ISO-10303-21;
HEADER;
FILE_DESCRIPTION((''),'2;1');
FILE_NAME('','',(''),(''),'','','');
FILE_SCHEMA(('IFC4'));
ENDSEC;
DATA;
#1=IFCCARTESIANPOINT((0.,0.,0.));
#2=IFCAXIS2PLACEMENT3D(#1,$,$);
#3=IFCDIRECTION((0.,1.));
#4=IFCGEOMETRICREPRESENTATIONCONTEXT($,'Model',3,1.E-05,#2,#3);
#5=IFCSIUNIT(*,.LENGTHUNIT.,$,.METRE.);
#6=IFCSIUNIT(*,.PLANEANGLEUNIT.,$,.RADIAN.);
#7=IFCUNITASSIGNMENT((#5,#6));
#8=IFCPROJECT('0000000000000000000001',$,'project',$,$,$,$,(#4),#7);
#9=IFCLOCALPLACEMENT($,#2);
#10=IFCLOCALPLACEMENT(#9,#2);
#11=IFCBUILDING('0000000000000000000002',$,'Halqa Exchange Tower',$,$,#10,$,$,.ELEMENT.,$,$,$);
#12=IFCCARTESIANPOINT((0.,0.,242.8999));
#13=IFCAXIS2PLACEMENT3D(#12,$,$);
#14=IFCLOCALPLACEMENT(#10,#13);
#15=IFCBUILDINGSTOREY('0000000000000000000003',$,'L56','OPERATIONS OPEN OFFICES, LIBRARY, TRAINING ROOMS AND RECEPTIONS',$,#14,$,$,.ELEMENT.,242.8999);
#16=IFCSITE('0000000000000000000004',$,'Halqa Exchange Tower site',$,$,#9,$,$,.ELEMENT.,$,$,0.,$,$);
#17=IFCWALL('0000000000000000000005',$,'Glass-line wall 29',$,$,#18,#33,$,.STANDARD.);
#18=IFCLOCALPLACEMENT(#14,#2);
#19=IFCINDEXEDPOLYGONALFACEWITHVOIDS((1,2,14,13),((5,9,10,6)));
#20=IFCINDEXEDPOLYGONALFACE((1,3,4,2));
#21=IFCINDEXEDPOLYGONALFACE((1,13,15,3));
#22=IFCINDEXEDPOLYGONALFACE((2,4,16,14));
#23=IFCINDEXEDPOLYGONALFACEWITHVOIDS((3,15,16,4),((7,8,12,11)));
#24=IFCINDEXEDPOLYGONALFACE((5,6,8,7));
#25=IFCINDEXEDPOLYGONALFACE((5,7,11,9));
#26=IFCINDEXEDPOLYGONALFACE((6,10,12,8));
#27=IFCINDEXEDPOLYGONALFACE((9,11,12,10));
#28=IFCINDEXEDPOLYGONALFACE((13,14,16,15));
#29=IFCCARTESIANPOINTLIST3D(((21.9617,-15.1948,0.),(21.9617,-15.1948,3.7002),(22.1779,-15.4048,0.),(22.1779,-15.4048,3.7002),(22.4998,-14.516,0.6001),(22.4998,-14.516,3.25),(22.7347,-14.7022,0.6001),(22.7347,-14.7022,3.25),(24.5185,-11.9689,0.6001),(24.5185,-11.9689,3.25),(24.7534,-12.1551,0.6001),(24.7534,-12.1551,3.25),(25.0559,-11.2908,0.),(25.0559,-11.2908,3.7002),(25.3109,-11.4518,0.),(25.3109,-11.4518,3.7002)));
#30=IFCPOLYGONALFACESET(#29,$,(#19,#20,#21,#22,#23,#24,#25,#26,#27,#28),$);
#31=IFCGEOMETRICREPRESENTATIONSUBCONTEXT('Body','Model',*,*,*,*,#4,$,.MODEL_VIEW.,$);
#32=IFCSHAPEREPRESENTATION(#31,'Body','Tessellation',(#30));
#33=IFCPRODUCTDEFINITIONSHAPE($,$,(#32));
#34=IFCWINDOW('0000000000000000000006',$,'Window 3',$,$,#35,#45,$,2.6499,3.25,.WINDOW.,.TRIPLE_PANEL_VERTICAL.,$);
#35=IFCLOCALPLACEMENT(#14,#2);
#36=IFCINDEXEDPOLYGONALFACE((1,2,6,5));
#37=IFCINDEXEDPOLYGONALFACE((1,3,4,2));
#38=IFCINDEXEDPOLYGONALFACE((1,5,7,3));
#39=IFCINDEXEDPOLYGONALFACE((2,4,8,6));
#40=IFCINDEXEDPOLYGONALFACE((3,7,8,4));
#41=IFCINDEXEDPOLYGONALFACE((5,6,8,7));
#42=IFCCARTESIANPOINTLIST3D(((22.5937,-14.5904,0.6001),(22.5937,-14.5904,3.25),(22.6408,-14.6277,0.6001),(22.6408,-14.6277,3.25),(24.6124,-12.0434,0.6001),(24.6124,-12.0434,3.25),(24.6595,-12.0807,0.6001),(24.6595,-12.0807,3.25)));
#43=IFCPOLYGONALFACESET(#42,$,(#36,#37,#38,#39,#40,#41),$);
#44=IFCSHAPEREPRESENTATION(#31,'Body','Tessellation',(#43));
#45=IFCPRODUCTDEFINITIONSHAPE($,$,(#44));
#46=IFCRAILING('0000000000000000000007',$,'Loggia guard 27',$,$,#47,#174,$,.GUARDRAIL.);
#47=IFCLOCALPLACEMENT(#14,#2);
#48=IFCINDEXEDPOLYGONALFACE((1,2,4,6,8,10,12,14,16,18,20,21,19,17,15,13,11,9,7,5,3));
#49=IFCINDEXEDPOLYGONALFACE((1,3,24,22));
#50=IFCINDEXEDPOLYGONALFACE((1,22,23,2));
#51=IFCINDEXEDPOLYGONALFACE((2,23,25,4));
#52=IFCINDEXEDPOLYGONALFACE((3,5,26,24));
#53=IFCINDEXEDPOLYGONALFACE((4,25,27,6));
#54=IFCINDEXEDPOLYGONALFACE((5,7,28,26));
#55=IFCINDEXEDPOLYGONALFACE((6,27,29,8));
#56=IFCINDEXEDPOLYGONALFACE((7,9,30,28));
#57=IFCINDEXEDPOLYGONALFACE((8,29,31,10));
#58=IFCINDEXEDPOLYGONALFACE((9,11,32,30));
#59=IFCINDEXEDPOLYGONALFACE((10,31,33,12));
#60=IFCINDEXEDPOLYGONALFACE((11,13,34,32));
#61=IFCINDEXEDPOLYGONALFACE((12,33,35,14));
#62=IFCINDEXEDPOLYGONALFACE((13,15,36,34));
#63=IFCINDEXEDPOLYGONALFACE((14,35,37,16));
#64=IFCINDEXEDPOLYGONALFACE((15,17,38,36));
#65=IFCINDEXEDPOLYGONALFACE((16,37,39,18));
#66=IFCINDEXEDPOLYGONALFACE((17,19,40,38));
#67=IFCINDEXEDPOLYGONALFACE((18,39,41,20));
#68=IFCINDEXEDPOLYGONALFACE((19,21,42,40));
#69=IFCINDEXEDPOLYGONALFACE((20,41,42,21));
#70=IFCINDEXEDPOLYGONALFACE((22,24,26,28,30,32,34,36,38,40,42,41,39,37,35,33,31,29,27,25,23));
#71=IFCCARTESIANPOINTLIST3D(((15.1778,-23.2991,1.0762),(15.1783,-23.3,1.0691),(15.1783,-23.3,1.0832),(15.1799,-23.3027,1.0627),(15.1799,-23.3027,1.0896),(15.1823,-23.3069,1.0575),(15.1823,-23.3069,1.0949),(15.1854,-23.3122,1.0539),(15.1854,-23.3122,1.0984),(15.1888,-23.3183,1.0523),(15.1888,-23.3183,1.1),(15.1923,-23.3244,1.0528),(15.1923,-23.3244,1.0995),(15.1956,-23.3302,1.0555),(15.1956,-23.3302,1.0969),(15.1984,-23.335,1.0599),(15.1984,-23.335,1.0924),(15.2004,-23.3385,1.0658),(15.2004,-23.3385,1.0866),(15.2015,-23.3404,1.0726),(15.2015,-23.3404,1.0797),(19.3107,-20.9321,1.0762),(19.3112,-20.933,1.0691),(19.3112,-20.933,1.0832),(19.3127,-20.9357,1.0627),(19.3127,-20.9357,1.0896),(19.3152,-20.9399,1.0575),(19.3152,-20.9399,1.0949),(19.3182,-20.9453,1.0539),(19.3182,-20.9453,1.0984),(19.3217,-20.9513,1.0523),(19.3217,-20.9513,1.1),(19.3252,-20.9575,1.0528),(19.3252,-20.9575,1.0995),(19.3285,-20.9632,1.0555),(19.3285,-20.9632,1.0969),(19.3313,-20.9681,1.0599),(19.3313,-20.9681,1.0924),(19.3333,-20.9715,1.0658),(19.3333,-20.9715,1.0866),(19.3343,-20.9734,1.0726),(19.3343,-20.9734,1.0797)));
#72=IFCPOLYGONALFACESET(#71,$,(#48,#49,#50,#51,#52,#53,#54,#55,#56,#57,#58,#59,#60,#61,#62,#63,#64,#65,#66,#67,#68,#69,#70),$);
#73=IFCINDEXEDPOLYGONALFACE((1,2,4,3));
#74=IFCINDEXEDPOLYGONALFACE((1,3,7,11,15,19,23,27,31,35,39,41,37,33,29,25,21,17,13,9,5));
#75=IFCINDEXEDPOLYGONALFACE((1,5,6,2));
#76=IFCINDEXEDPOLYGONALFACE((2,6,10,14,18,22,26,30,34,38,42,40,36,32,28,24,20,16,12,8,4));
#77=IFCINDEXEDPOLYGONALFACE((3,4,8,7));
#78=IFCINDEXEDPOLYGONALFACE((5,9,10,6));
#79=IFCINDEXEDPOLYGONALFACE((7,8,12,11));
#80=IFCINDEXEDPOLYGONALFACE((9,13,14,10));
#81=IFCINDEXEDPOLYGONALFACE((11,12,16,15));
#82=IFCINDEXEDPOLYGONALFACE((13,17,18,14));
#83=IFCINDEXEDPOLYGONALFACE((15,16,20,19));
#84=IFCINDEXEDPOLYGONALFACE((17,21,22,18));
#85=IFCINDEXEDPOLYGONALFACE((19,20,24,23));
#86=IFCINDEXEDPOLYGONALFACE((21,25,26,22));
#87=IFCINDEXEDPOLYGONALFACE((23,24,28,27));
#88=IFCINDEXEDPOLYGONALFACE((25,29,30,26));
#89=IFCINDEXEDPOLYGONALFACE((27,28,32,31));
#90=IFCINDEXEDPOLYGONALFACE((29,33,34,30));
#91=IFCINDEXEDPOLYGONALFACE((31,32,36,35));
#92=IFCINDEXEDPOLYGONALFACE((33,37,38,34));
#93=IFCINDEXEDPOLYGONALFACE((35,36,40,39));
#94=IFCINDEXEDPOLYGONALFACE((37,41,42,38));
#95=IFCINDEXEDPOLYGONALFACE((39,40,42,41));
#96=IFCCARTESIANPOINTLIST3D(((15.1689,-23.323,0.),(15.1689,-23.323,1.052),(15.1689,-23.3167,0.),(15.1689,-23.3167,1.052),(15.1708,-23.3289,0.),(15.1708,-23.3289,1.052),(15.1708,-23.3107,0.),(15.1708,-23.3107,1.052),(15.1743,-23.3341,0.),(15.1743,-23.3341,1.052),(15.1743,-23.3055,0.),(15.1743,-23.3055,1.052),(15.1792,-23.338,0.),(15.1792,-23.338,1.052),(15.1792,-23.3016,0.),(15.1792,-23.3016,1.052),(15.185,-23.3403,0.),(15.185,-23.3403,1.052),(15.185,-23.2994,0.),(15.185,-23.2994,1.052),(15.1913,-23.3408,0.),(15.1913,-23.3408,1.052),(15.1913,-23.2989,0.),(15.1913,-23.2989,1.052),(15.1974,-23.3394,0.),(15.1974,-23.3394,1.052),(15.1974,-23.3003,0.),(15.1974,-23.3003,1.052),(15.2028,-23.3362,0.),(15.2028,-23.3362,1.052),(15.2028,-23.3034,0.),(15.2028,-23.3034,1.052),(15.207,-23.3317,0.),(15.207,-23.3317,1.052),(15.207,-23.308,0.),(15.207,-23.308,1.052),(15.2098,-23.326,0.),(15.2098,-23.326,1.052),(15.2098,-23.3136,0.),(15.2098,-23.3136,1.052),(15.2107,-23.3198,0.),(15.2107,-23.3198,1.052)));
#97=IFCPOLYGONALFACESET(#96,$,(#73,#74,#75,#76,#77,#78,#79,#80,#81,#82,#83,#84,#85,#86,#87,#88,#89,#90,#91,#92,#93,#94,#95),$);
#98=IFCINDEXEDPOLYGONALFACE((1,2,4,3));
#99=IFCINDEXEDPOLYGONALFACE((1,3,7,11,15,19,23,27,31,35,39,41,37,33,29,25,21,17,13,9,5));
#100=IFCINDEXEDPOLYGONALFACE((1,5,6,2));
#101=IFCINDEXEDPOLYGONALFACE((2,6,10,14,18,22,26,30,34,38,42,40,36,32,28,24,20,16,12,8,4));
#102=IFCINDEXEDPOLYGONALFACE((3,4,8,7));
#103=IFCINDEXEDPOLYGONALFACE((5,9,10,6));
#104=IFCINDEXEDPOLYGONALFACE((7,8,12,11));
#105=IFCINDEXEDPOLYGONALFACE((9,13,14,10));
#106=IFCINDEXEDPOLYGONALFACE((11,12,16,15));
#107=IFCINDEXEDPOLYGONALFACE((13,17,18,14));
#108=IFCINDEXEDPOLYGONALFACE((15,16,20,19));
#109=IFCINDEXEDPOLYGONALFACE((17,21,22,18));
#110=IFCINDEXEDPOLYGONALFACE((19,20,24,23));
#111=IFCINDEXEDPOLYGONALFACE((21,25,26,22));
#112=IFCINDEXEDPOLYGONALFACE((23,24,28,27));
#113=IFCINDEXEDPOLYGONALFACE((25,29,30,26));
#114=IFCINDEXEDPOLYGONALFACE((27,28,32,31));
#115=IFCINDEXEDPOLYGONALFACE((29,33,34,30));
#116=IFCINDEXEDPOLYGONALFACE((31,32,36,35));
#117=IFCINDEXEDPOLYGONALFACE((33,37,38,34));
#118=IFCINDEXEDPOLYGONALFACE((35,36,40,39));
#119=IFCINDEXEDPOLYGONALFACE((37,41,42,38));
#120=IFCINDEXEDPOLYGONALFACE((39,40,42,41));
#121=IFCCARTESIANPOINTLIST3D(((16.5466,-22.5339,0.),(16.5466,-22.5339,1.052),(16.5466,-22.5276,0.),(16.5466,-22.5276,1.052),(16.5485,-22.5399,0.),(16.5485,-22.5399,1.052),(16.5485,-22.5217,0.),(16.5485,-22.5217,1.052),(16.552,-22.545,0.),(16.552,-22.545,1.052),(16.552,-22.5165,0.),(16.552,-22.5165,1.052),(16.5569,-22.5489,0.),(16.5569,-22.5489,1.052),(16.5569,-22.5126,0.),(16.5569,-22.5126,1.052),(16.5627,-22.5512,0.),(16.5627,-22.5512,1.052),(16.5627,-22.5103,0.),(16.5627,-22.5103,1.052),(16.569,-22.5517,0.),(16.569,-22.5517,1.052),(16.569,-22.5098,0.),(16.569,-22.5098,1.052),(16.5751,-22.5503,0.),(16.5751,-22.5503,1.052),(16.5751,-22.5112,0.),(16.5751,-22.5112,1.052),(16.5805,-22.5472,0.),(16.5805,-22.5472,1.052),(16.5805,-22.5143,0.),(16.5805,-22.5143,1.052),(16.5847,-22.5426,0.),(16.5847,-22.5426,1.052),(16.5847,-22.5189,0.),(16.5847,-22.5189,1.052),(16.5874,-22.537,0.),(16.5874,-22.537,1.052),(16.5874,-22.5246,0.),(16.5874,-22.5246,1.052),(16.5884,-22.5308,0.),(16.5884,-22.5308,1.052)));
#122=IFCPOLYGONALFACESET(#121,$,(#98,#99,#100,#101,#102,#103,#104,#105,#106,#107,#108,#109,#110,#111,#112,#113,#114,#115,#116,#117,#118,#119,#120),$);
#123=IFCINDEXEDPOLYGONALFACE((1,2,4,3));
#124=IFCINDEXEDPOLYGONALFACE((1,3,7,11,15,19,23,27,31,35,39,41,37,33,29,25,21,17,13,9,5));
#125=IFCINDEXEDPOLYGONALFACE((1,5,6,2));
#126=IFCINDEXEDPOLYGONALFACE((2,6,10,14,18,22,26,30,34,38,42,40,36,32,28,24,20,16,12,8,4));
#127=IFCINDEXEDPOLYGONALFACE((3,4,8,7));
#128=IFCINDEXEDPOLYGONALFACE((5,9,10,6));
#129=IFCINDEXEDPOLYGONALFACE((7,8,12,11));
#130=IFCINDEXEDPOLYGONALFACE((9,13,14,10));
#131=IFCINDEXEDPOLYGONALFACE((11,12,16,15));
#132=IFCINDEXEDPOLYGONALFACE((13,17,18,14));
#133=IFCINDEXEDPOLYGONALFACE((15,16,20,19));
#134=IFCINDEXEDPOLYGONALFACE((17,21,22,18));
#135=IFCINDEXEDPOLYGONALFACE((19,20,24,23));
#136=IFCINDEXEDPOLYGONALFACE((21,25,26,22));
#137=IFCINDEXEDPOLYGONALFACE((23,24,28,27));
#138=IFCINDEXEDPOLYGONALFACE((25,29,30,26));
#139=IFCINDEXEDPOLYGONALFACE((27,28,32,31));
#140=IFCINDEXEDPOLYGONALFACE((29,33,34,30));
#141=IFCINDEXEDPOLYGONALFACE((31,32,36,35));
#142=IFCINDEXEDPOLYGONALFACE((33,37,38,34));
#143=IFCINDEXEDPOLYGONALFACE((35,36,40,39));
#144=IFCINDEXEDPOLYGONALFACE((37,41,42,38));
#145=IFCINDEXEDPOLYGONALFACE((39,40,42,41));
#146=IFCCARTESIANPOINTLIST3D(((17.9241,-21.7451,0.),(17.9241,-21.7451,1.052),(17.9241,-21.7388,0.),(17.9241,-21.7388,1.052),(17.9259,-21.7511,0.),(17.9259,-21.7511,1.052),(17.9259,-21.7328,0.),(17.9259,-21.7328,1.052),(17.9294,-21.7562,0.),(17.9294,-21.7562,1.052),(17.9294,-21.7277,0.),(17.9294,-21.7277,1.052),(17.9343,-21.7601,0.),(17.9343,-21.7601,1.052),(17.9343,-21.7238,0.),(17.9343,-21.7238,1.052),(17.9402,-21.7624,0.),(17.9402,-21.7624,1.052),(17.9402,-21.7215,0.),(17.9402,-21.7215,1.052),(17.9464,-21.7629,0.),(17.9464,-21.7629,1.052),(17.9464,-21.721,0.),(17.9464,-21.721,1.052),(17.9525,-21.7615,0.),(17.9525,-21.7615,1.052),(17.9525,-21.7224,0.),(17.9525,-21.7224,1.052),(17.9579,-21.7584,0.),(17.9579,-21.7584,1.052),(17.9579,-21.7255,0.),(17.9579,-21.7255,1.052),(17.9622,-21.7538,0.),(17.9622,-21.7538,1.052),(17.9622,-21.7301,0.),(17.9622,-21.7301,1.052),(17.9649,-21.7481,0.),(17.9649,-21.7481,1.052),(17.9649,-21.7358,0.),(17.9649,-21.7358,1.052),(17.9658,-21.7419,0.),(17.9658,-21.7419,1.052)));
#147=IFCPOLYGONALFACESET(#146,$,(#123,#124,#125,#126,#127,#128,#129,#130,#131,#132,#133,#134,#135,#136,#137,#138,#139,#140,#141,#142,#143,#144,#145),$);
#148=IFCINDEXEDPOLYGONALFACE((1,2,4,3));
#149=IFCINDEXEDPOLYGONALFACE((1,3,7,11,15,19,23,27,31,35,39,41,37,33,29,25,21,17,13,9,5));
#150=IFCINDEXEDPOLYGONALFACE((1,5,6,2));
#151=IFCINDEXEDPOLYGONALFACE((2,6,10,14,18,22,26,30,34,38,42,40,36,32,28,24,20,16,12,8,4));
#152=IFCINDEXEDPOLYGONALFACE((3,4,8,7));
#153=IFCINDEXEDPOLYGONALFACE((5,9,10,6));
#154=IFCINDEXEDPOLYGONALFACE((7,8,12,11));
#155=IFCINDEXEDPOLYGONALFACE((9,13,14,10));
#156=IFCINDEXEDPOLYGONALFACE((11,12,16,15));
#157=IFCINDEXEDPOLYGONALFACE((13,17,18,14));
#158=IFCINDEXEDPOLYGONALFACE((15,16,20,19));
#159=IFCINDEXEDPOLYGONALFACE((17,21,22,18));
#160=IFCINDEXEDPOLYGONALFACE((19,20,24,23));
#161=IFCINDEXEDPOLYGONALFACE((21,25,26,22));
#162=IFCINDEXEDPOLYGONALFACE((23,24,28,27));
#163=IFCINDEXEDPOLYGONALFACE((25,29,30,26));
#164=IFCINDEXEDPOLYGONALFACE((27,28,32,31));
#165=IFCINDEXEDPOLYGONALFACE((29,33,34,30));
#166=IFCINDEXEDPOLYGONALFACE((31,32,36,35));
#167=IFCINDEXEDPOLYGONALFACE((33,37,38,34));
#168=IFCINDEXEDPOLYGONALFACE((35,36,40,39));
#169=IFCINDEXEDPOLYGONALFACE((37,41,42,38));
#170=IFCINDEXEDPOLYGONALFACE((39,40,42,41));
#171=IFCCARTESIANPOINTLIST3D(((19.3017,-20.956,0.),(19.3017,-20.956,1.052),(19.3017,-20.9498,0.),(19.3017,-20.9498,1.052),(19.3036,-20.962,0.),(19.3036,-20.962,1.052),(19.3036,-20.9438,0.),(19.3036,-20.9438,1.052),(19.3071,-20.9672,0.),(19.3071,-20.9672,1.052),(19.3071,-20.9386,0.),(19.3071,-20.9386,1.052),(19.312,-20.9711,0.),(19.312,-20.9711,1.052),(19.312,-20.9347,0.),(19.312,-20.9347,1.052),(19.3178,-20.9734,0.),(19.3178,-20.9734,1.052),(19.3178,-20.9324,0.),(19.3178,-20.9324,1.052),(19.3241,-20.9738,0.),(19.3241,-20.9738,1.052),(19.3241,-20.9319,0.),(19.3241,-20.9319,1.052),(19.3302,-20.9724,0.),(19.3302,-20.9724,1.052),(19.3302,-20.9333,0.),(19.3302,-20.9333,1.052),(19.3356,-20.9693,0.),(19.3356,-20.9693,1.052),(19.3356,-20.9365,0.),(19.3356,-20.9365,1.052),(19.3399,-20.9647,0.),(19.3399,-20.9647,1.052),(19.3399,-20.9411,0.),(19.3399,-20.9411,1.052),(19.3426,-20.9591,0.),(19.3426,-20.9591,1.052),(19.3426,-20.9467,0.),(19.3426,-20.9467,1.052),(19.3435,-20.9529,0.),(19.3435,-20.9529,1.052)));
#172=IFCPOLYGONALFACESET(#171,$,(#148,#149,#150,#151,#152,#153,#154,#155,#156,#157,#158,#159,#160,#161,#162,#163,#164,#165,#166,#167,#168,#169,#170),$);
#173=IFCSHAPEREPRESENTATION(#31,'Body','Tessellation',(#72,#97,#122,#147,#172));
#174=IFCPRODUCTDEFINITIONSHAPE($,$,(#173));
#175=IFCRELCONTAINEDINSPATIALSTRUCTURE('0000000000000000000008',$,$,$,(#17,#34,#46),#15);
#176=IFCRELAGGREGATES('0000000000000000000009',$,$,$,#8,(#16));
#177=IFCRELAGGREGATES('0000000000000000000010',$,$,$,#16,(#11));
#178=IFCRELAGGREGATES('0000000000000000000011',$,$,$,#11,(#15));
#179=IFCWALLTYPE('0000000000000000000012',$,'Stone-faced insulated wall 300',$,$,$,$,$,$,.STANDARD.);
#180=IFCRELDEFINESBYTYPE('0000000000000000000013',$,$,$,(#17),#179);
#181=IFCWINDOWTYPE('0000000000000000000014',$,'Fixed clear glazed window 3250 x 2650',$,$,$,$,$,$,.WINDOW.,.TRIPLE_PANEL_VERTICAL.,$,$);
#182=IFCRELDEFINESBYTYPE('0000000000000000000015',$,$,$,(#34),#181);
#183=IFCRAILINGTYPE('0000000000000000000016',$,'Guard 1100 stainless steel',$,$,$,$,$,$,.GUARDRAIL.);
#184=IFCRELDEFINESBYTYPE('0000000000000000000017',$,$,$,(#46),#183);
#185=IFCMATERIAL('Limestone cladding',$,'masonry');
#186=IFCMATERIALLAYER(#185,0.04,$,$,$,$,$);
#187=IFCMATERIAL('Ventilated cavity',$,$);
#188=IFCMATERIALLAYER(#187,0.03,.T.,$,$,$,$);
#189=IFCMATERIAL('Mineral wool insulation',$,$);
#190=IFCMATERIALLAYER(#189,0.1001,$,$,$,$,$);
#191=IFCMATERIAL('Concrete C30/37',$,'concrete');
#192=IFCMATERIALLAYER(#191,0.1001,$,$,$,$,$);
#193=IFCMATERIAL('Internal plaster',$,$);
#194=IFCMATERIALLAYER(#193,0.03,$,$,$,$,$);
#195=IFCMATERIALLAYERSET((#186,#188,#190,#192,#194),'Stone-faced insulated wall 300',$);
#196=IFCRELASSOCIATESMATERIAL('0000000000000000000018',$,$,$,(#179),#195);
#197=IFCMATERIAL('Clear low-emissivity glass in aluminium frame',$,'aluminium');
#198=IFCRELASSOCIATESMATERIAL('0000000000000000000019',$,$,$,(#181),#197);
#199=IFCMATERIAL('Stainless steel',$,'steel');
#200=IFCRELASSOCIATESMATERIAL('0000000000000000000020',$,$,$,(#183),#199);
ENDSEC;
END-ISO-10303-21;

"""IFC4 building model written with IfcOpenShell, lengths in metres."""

from ifc_helpers import new_model, si_unit, direction, frame, frame_2d, origin, origin_2d, place, context, subcontext, project, spatial, polyline, rectangle, circle, outline, extrude, material, layer, layer_set, type_object, element, fill, save


model = new_model("IFC4")

# Units and contexts
model_context = context("Model", 3, precision=1e-05, world=origin(), true_north=direction((0.0, 1.0)))
body_context = subcontext(model_context, "Body", "Model", "MODEL_VIEW")
ifc_project = project(units=[si_unit("LENGTHUNIT", "METRE"), si_unit("PLANEANGLEUNIT", "RADIAN")], contexts=[model_context])

# Site, building, storey
site_placement = place(None, origin())
site = spatial("IfcSite", under=ifc_project, at=site_placement, Name="Halqa Exchange Tower site", CompositionType="ELEMENT", RefElevation=0.0)
building_placement = place(site_placement, origin())
building = spatial("IfcBuilding", under=site, at=building_placement, Name="Halqa Exchange Tower", CompositionType="ELEMENT")
storey_placement = place(building_placement, frame((0.0, 0.0, 242.8999)))
storey = spatial("IfcBuildingStorey", under=building, at=storey_placement, Name="L56", Description="OPERATIONS OPEN OFFICES, LIBRARY, TRAINING ROOMS AND RECEPTIONS", CompositionType="ELEMENT", Elevation=242.8999)

# Shared definitions
ifc_material_1 = material(Name="Limestone cladding", Category="masonry")
ifc_layer_1 = layer(ifc_material_1, 0.04)
ifc_material_2 = material(Name="Ventilated cavity")
ifc_layer_2 = layer(ifc_material_2, 0.03, ventilated=True)
ifc_material_3 = material(Name="Mineral wool insulation")
ifc_layer_3 = layer(ifc_material_3, 0.1001)
ifc_material_4 = material(Name="Concrete C30/37", Category="concrete")
ifc_layer_4 = layer(ifc_material_4, 0.1001)
ifc_material_5 = material(Name="Internal plaster")
ifc_layer_5 = layer(ifc_material_5, 0.03)
ifc_layer_set_1 = layer_set([ifc_layer_1, ifc_layer_2, ifc_layer_3, ifc_layer_4, ifc_layer_5], Name="Stone-faced insulated wall 300")
wall_type_1 = type_object("IfcWallType", Name="Stone-faced insulated wall 300", PredefinedType="STANDARD", material=ifc_layer_set_1)
ifc_material_6 = material(Name="Clear low-emissivity glass in aluminium frame", Category="aluminium")
window_type = type_object("IfcWindowType", Name="Fixed clear glazed window 3250 x 2650", PartitioningType="TRIPLE_PANEL_VERTICAL", PredefinedType="WINDOW", material=ifc_material_6)

# Wall, opening, window
wall_1_placement = place(storey_placement, frame((22.0698, -15.2998, 0.0), z_axis=(0.0, 0.0, 1.0), x_axis=(0.621131, 0.783707, 0.0)))
wall_1 = element("IfcWall", 1, at=wall_1_placement, inside=storey, type_object=wall_type_1, Name="Glass-line wall 29", PredefinedType="STANDARD", context=body_context, shape_type="SweptSolid", body=[
    extrude(outline(polyline([(-0.0151, -0.1499), (5.0288, -0.1499), (4.9966, 0.1499), (0.0151, 0.1499), (-0.0151, -0.1499)])), origin(), (0.0, 0.0, 1.0), 3.7002),
])
opening_1_placement = place(wall_1_placement, frame((0.8813, 0.0, 0.6001)))
opening_1 = element("IfcOpeningElement", 2, at=opening_1_placement, cuts=wall_1, PredefinedType="OPENING", context=body_context, shape_type="SweptSolid", body=[
    extrude(rectangle(XDim=3.25, YDim=2.6499, at=frame_2d((1.625, 1.325))), frame((0.0, 0.1621, 0.0), z_axis=(0.0, -1.0, 0.0), x_axis=(1.0, 0.0, 0.0)), (0.0, 0.0, 1.0), 0.324),
])
window_1_placement = place(opening_1_placement, origin())
window_1 = element("IfcWindow", 3, at=window_1_placement, inside=storey, type_object=window_type, Name="Window 3", OverallHeight=2.6499, OverallWidth=3.25, PartitioningType="TRIPLE_PANEL_VERTICAL", PredefinedType="WINDOW", context=body_context, shape_type="SweptSolid", body=[
    extrude(rectangle(XDim=3.25, YDim=2.6499, at=frame_2d((1.625, 1.325))), frame((0.0, 0.03, 0.0), z_axis=(0.0, -1.0, 0.0), x_axis=(1.0, 0.0, 0.0)), (0.0, 0.0, 1.0), 0.0601),
])
fill(opening_1, window_1)

# Railing
ifc_material_7 = material(Name="Stainless steel", Category="steel")
railing_type = type_object("IfcRailingType", Name="Guard 1100 stainless steel", PredefinedType="GUARDRAIL", material=ifc_material_7)
railing_1_placement = place(storey_placement, frame((15.1897, -23.3198, 0.0)))
element("IfcRailing", 4, at=railing_1_placement, inside=storey, type_object=railing_type, Name="Loggia guard 27", PredefinedType="GUARDRAIL", context=body_context, shape_type="SweptSolid", body=[
    extrude(circle(Radius=0.0239, at=origin_2d()), frame((0.0, 0.0, 1.0762), z_axis=(0.86776, 0.496983, 0.0), x_axis=(-0.496983, 0.86776, 0.0)), (0.0, 0.0, 1.0), 4.7627),
    extrude(circle(Radius=0.021, at=origin_2d()), origin(), (0.0, 0.0, 1.0), 1.052),
    extrude(circle(Radius=0.021, at=origin_2d()), frame((1.3777, 0.7891, 0.0)), (0.0, 0.0, 1.0), 1.052),
    extrude(circle(Radius=0.021, at=origin_2d()), frame((2.7551, 1.5779, 0.0)), (0.0, 0.0, 1.0), 1.052),
    extrude(circle(Radius=0.021, at=origin_2d()), frame((4.1328, 2.3669, 0.0)), (0.0, 0.0, 1.0), 1.052),
])

save(model, "model.ifc")
